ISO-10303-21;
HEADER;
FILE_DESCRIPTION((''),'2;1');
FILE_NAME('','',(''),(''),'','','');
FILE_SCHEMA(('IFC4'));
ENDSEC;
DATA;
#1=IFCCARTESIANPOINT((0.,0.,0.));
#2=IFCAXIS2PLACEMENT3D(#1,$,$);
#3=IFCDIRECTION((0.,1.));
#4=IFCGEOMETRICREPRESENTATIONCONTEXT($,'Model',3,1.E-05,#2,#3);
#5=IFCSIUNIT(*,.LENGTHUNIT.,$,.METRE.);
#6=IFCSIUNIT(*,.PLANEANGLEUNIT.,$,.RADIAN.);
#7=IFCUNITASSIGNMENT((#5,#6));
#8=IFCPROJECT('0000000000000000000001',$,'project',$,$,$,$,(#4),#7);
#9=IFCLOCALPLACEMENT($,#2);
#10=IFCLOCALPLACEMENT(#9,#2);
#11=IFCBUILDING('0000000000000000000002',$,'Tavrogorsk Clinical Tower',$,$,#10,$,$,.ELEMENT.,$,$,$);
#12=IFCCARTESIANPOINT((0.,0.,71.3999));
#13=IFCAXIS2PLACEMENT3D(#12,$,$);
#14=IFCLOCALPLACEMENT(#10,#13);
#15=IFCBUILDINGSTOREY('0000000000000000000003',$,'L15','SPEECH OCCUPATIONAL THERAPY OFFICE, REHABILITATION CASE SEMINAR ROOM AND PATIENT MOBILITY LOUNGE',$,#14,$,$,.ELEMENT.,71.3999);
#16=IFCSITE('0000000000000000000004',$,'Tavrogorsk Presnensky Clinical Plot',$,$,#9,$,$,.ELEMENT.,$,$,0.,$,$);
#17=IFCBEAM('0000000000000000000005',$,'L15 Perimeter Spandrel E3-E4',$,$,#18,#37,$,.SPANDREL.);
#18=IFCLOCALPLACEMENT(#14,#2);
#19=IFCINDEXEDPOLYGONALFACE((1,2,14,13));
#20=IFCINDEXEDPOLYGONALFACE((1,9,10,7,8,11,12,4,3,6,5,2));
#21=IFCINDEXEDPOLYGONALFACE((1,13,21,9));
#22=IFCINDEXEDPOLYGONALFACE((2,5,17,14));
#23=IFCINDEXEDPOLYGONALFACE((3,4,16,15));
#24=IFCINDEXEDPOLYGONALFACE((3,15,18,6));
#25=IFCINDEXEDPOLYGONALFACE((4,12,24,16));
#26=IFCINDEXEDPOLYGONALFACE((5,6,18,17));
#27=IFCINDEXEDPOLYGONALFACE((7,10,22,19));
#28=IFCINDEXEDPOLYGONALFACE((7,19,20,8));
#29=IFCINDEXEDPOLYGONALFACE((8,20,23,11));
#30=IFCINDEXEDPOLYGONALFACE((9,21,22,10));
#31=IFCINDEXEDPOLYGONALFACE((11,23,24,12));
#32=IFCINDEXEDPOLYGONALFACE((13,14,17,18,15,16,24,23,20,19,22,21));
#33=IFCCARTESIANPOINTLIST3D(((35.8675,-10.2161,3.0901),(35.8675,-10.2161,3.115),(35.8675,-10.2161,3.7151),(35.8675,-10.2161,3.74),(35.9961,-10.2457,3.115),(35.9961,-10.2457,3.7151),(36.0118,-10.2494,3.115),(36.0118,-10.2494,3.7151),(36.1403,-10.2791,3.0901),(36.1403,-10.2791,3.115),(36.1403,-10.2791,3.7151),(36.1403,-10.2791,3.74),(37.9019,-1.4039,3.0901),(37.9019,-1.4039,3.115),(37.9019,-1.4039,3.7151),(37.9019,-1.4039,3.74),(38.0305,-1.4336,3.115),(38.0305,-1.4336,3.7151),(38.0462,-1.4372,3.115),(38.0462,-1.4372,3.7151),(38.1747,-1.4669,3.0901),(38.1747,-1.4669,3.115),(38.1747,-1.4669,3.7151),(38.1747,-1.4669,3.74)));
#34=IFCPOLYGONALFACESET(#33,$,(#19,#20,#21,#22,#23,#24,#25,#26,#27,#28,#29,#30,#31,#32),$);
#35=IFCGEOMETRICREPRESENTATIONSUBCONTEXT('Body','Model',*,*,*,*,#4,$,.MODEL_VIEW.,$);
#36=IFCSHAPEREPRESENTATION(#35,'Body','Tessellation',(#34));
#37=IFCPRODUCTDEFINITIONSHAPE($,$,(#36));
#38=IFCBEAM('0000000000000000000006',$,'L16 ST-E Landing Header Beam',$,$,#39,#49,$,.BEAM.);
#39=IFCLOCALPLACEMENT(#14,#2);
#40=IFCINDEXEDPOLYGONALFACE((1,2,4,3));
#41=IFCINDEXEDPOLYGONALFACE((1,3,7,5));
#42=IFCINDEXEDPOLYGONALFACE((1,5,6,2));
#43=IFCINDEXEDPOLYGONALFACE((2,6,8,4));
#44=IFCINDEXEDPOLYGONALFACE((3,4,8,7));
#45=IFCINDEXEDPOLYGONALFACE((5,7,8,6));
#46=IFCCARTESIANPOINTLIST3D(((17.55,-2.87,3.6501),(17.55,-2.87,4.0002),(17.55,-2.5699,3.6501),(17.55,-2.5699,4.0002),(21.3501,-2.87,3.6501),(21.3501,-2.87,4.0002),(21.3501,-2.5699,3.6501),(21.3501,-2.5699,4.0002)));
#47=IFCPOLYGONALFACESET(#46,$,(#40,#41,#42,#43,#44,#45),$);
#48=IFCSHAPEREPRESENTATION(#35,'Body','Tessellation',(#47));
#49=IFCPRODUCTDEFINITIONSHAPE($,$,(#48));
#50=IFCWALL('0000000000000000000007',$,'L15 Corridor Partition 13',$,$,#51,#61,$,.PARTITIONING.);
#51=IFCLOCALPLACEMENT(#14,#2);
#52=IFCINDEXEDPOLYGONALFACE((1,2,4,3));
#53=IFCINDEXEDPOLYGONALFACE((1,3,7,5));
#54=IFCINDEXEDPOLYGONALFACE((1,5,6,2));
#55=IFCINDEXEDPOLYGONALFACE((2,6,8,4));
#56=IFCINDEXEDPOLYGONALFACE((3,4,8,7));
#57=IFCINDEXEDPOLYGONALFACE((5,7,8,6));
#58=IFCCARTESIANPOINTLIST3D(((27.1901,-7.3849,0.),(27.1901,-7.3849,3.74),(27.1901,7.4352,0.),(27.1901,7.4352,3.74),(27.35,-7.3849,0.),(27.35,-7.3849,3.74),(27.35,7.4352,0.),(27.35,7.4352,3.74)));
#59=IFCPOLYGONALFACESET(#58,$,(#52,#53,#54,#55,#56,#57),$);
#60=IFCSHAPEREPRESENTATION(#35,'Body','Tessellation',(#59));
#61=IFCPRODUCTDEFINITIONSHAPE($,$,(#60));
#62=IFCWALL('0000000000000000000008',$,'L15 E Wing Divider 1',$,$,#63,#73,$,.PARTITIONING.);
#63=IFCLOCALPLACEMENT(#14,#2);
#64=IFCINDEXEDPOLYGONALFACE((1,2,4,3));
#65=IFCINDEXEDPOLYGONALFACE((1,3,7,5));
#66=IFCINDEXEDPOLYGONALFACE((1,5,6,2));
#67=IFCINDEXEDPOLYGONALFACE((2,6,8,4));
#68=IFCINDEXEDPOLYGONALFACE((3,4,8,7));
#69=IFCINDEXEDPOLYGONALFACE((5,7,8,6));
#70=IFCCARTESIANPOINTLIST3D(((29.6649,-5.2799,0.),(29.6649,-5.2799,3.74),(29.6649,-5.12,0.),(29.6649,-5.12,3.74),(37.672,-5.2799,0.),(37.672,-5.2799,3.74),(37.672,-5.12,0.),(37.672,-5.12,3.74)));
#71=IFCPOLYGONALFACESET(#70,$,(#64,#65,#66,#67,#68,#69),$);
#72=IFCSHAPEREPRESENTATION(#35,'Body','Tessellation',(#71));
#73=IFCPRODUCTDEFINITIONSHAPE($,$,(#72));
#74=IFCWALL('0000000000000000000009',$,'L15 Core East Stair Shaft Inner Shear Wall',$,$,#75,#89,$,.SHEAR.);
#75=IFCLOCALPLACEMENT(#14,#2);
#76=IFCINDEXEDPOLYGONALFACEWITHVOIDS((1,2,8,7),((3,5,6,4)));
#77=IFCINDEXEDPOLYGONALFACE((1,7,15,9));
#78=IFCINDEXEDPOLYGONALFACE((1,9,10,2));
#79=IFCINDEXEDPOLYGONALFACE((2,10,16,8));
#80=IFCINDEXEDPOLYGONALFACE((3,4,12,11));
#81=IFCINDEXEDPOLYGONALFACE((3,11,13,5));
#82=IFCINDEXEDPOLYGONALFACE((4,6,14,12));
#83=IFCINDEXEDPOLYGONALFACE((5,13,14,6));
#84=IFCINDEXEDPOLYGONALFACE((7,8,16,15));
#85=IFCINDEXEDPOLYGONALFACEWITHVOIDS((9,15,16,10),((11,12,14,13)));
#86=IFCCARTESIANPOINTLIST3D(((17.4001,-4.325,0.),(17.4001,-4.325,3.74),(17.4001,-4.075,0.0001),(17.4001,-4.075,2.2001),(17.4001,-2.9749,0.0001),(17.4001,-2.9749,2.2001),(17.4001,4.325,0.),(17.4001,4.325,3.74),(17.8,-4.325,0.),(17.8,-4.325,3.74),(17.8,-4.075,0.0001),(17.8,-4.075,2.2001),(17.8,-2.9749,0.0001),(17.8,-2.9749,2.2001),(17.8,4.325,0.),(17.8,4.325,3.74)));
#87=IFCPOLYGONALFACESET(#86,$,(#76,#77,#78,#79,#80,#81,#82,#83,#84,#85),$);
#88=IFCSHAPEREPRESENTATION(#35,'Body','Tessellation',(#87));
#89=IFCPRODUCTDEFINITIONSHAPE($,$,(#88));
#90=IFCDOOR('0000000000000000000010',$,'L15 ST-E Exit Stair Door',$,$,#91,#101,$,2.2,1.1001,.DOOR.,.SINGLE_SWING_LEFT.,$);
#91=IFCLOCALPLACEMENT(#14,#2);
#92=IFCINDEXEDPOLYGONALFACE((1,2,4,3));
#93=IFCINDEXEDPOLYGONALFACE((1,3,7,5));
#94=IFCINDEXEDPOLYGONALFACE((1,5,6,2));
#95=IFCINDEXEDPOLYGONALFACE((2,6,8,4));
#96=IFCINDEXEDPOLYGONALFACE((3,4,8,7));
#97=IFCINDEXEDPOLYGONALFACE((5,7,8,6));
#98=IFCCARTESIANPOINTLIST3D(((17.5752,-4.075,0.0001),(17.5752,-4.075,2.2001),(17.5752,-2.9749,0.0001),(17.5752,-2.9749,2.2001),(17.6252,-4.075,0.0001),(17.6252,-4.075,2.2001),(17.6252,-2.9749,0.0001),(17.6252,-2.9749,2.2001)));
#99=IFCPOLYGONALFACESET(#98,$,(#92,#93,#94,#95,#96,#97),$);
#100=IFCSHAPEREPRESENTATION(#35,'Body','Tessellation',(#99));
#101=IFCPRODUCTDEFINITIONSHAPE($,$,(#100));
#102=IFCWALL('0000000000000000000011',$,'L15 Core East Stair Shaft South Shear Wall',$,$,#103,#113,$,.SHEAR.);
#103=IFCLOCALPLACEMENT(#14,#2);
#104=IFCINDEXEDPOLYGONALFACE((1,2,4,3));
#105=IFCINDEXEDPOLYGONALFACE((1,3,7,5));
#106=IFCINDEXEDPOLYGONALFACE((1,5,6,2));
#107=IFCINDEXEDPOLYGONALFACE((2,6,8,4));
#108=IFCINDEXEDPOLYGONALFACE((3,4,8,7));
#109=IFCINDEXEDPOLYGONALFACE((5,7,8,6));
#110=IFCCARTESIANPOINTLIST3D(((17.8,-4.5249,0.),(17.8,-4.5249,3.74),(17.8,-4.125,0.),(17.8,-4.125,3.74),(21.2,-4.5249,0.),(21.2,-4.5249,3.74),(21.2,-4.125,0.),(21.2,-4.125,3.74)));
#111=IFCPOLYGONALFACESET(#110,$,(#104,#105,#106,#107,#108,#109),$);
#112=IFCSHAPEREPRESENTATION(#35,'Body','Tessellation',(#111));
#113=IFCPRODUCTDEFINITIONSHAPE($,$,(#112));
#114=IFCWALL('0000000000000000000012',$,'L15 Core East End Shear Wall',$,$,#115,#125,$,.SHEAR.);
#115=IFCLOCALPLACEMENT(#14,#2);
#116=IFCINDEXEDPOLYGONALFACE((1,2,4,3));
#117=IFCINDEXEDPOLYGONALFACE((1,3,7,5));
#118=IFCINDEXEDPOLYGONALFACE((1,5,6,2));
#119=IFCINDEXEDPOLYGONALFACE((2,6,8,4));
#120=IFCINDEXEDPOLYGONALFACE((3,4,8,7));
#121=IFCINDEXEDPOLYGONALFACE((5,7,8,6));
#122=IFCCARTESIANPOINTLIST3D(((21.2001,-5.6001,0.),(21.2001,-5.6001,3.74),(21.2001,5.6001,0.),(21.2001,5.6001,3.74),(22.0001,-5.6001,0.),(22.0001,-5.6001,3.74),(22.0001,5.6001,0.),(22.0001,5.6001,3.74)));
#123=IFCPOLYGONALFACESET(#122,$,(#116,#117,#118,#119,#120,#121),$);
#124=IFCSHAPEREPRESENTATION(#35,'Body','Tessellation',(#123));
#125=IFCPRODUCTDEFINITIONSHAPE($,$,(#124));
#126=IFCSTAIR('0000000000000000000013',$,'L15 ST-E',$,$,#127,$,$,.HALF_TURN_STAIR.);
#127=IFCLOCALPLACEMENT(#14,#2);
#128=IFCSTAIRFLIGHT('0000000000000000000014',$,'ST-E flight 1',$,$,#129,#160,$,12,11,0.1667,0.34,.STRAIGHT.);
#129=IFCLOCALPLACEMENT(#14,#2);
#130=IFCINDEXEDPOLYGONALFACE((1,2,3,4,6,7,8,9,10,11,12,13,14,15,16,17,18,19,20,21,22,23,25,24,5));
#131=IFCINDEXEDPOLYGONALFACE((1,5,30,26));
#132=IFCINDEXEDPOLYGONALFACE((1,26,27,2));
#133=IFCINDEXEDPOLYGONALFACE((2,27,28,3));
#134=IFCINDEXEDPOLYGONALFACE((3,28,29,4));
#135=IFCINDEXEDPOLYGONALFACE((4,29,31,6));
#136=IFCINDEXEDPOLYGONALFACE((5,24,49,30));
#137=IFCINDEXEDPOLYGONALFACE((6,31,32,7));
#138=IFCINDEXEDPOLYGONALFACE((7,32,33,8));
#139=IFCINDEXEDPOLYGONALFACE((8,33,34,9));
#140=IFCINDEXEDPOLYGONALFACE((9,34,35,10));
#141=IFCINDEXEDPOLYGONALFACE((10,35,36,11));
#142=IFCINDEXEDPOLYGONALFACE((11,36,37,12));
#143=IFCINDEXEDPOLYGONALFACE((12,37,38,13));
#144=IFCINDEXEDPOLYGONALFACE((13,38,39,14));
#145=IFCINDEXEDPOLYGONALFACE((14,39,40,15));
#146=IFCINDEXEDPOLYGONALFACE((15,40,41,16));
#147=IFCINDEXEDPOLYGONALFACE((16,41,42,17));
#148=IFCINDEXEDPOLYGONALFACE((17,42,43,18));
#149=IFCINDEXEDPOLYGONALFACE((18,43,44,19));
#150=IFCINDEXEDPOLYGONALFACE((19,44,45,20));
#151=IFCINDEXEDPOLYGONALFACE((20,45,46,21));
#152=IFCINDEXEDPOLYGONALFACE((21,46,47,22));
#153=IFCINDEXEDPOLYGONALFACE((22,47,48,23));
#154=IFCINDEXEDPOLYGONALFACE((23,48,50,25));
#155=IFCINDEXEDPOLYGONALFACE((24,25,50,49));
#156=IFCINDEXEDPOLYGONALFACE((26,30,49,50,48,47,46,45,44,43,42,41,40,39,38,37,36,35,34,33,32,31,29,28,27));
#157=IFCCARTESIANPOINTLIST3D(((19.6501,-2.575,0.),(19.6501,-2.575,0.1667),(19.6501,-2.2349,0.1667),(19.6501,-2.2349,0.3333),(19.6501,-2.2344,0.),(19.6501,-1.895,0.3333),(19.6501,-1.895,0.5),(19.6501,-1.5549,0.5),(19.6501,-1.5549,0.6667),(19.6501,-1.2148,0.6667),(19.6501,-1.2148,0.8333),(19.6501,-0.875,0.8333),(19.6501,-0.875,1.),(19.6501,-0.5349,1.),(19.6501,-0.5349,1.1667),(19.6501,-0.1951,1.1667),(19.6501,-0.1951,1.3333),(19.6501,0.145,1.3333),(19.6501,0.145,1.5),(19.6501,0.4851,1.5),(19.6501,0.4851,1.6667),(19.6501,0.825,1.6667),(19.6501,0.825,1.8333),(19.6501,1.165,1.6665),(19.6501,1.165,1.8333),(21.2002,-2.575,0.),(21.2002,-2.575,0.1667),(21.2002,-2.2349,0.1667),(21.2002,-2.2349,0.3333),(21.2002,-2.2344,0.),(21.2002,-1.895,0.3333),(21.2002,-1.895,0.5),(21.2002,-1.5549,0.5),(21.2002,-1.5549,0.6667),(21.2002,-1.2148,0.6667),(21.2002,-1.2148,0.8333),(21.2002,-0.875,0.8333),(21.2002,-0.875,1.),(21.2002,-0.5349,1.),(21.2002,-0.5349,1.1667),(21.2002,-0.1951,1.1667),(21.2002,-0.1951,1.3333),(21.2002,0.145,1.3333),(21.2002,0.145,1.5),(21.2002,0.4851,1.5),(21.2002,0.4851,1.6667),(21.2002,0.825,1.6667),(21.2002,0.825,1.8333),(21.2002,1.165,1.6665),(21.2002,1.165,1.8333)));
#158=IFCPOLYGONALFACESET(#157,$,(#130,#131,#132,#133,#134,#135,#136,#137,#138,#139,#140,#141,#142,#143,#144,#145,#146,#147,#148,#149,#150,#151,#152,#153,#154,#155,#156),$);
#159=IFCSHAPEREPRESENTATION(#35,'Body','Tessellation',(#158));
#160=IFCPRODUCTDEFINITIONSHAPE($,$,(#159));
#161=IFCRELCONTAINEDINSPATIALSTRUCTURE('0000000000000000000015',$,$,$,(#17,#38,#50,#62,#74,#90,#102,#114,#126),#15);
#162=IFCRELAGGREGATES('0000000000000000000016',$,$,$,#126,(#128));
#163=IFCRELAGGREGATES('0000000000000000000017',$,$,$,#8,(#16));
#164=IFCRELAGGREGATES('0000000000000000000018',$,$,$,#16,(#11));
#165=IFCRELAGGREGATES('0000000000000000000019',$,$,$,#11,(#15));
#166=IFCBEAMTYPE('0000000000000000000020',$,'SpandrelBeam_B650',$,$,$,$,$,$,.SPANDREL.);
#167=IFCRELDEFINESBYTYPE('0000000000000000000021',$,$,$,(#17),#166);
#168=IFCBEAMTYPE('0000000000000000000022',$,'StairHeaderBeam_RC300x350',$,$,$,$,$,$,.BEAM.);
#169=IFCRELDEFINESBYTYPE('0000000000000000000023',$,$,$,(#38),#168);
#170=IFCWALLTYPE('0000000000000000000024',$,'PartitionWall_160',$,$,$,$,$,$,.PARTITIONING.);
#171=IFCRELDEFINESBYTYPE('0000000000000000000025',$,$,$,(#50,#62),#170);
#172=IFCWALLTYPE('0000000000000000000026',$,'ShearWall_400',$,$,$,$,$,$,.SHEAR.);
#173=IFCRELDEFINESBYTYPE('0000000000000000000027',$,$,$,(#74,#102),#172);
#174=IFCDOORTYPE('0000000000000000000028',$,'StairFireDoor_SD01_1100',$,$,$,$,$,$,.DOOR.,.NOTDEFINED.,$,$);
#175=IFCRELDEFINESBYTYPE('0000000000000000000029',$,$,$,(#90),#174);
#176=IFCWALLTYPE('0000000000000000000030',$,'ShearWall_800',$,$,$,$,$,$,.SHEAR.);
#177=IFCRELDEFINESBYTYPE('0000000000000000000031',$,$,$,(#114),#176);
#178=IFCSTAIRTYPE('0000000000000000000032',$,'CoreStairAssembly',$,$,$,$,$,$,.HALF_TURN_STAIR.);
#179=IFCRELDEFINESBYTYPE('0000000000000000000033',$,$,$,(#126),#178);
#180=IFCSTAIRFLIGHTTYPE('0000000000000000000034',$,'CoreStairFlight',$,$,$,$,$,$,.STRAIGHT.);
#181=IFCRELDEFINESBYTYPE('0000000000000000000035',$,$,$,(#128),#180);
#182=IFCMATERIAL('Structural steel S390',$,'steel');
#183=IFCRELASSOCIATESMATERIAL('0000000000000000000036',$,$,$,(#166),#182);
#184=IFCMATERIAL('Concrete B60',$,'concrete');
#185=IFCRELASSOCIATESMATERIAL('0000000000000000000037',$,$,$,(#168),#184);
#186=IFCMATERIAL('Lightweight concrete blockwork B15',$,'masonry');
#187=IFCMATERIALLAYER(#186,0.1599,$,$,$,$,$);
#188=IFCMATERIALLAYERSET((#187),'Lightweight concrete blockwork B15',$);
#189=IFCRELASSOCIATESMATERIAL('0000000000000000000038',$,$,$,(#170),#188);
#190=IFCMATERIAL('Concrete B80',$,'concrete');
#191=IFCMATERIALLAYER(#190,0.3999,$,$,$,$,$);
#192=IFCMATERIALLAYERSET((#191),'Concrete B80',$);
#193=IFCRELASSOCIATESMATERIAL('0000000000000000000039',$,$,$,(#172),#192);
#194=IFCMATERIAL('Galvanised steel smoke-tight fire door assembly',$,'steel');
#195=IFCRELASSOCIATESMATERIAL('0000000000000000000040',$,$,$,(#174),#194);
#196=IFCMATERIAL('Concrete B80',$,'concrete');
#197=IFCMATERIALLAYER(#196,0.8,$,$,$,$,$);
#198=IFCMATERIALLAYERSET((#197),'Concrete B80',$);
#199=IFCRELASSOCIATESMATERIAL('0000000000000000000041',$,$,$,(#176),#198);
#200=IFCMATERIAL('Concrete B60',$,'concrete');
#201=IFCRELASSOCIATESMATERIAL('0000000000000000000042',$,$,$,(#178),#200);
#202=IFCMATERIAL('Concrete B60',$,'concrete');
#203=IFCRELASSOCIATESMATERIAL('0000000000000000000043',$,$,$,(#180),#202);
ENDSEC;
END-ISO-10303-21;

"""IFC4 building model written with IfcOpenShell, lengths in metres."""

from ifc_helpers import new_model, si_unit, direction, frame, frame_2d, origin, origin_2d, place, context, subcontext, project, spatial, polyline, rectangle, i_section, outline, extrude, material, layer, layer_set, material_profile, profile_set, type_object, element, fill, aggregate, save


model = new_model("IFC4")

# Units and contexts
model_context = context("Model", 3, precision=1e-05, world=origin(), true_north=direction((0.0, 1.0)))
body_context = subcontext(model_context, "Body", "Model", "MODEL_VIEW")
ifc_project = project(units=[si_unit("LENGTHUNIT", "METRE"), si_unit("PLANEANGLEUNIT", "RADIAN")], contexts=[model_context])

# Site, building, storey
site_placement = place(None, origin())
site = spatial("IfcSite", under=ifc_project, at=site_placement, Name="Tavrogorsk Presnensky Clinical Plot", CompositionType="ELEMENT", RefElevation=0.0)
building_placement = place(site_placement, origin())
building = spatial("IfcBuilding", under=site, at=building_placement, Name="Tavrogorsk Clinical Tower", CompositionType="ELEMENT")
storey_placement = place(building_placement, frame((0.0, 0.0, 71.3999)))
storey = spatial("IfcBuildingStorey", under=building, at=storey_placement, Name="L15", Description="SPEECH OCCUPATIONAL THERAPY OFFICE, REHABILITATION CASE SEMINAR ROOM AND PATIENT MOBILITY LOUNGE", CompositionType="ELEMENT", Elevation=71.3999)

# Beams
ifc_material_1 = material(Name="Structural steel S390", Category="steel")
ifc_material_profile_1 = material_profile(ifc_material_1, i_section(OverallWidth=0.28, OverallDepth=0.6499, WebThickness=0.0161, FlangeThickness=0.0249, at=origin_2d()), Name="B-650x280x16x25")
ifc_profile_set_1 = profile_set([ifc_material_profile_1], Name="Structural steel S390")
beam_type_1 = type_object("IfcBeamType", Name="SpandrelBeam_B650", PredefinedType="SPANDREL", material=ifc_profile_set_1)
beam_1_placement = place(storey_placement, frame((36.0039, -10.2476, 3.415), z_axis=(0.224946, 0.974371, 0.0), x_axis=(-0.974371, 0.224946, 0.0)))
element("IfcBeam", 1, at=beam_1_placement, inside=storey, type_object=beam_type_1, Name="L15 Perimeter Spandrel E3-E4", PredefinedType="SPANDREL", context=body_context, shape_type="SweptSolid", body=[
    extrude(i_section(OverallWidth=0.28, OverallDepth=0.6499, WebThickness=0.0161, FlangeThickness=0.0249, at=origin_2d()), origin(), (0.0, 0.0, 1.0), 9.0439),
])
ifc_material_2 = material(Name="Concrete B60", Category="concrete")
ifc_material_profile_2 = material_profile(ifc_material_2, rectangle(XDim=0.3, YDim=0.3501, at=origin_2d()), Name="RC-SHB-300x350")
ifc_profile_set_2 = profile_set([ifc_material_profile_2], Name="Concrete B60")
beam_type_2 = type_object("IfcBeamType", Name="StairHeaderBeam_RC300x350", PredefinedType="BEAM", material=ifc_profile_set_2)
beam_2_placement = place(storey_placement, frame((17.55, -2.72, 3.8252), z_axis=(1.0, 0.0, 0.0), x_axis=(0.0, 1.0, 0.0)))
element("IfcBeam", 2, at=beam_2_placement, inside=storey, type_object=beam_type_2, Name="L16 ST-E Landing Header Beam", PredefinedType="BEAM", context=body_context, shape_type="SweptSolid", body=[
    extrude(rectangle(XDim=0.3, YDim=0.3501, at=origin_2d()), origin(), (0.0, 0.0, 1.0), 3.8),
])

# Shared definitions
ifc_material_3 = material(Name="Lightweight concrete blockwork B15", Category="masonry")
ifc_layer_1 = layer(ifc_material_3, 0.1599)
ifc_layer_set_1 = layer_set([ifc_layer_1], Name="Lightweight concrete blockwork B15")
wall_type_1 = type_object("IfcWallType", Name="PartitionWall_160", PredefinedType="PARTITIONING", material=ifc_layer_set_1)

# Walls
wall_1_placement = place(storey_placement, frame((27.27, -7.385, 0.0), z_axis=(0.0, 0.0, 1.0), x_axis=(0.0, 1.0, 0.0)))
element("IfcWall", 3, at=wall_1_placement, inside=storey, type_object=wall_type_1, Name="L15 Corridor Partition 13", PredefinedType="PARTITIONING", context=body_context, shape_type="SweptSolid", body=[
    extrude(rectangle(XDim=14.8201, YDim=0.1599, at=frame_2d((7.4102, 0.0))), origin(), (0.0, 0.0, 1.0), 3.74),
])
wall_2_placement = place(storey_placement, frame((29.665, -5.2, 0.0), z_axis=(0.0, 0.0, 1.0), x_axis=(1.0, 0.0, 0.0)))
element("IfcWall", 4, at=wall_2_placement, inside=storey, type_object=wall_type_1, Name="L15 E Wing Divider 1", PredefinedType="PARTITIONING", context=body_context, shape_type="SweptSolid", body=[
    extrude(rectangle(XDim=8.0071, YDim=0.1599, at=frame_2d((4.0034, 0.0))), origin(), (0.0, 0.0, 1.0), 3.74),
])

# Wall, opening, door
ifc_material_4 = material(Name="Concrete B80", Category="concrete")
ifc_layer_2 = layer(ifc_material_4, 0.3999)
ifc_layer_set_2 = layer_set([ifc_layer_2], Name="Concrete B80")
wall_type_2 = type_object("IfcWallType", Name="ShearWall_400", PredefinedType="SHEAR", material=ifc_layer_set_2)
wall_3_placement = place(storey_placement, frame((17.6001, -4.325, 0.0), z_axis=(0.0, 0.0, 1.0), x_axis=(0.0, 1.0, 0.0)))
wall_3 = element("IfcWall", 5, at=wall_3_placement, inside=storey, type_object=wall_type_2, Name="L15 Core East Stair Shaft Inner Shear Wall", PredefinedType="SHEAR", context=body_context, shape_type="SweptSolid", body=[
    extrude(rectangle(XDim=8.6499, YDim=0.3999, at=frame_2d((4.325, 0.0))), origin(), (0.0, 0.0, 1.0), 3.74),
])
opening_1_placement = place(wall_3_placement, frame((0.25, 0.0, 0.0)))
opening_1 = element("IfcOpeningElement", 6, at=opening_1_placement, cuts=wall_3, PredefinedType="OPENING", context=body_context, shape_type="SweptSolid", body=[
    extrude(rectangle(XDim=1.1001, YDim=2.2, at=frame_2d((0.55, 1.1001))), frame((0.0, 0.21, 0.0), z_axis=(0.0, -1.0, 0.0), x_axis=(1.0, 0.0, 0.0)), (0.0, 0.0, 1.0), 0.4199),
])
ifc_material_5 = material(Name="Galvanised steel smoke-tight fire door assembly", Category="steel")
door_type_1 = type_object("IfcDoorType", Name="StairFireDoor_SD01_1100", OperationType="NOTDEFINED", PredefinedType="DOOR", material=ifc_material_5)
door_1_placement = place(opening_1_placement, origin())
door_1 = element("IfcDoor", 7, at=door_1_placement, inside=storey, type_object=door_type_1, Name="L15 ST-E Exit Stair Door", OperationType="SINGLE_SWING_LEFT", OverallHeight=2.2, OverallWidth=1.1001, PredefinedType="DOOR", context=body_context, shape_type="SweptSolid", body=[
    extrude(rectangle(XDim=1.1001, YDim=2.2, at=frame_2d((0.55, 1.1001))), frame((0.0, 0.0249, 0.0), z_axis=(0.0, -1.0, 0.0), x_axis=(1.0, 0.0, 0.0)), (0.0, 0.0, 1.0), 0.05),
])
fill(opening_1, door_1)

# Walls
wall_4_placement = place(storey_placement, frame((17.8, -4.325, 0.0), z_axis=(0.0, 0.0, 1.0), x_axis=(1.0, 0.0, 0.0)))
element("IfcWall", 8, at=wall_4_placement, inside=storey, type_object=wall_type_2, Name="L15 Core East Stair Shaft South Shear Wall", PredefinedType="SHEAR", context=body_context, shape_type="SweptSolid", body=[
    extrude(rectangle(XDim=3.3999, YDim=0.3999, at=frame_2d((1.7, 0.0))), origin(), (0.0, 0.0, 1.0), 3.74),
])
ifc_material_6 = material(Name="Concrete B80", Category="concrete")
ifc_layer_3 = layer(ifc_material_6, 0.8)
ifc_layer_set_3 = layer_set([ifc_layer_3], Name="Concrete B80")
wall_type_3 = type_object("IfcWallType", Name="ShearWall_800", PredefinedType="SHEAR", material=ifc_layer_set_3)
wall_5_placement = place(storey_placement, frame((21.6001, -5.6001, 0.0), z_axis=(0.0, 0.0, 1.0), x_axis=(0.0, 1.0, 0.0)))
element("IfcWall", 9, at=wall_5_placement, inside=storey, type_object=wall_type_3, Name="L15 Core East End Shear Wall", PredefinedType="SHEAR", context=body_context, shape_type="SweptSolid", body=[
    extrude(rectangle(XDim=11.2002, YDim=0.8, at=frame_2d((5.6001, 0.0))), origin(), (0.0, 0.0, 1.0), 3.74),
])

# Stair, stair flight
ifc_material_7 = material(Name="Concrete B60", Category="concrete")
stair_type = type_object("IfcStairType", Name="CoreStairAssembly", PredefinedType="HALF_TURN_STAIR", material=ifc_material_7)
stair_placement = place(storey_placement, origin())
stair = element("IfcStair", 10, at=stair_placement, inside=storey, type_object=stair_type, Name="L15 ST-E", PredefinedType="HALF_TURN_STAIR")
ifc_material_8 = material(Name="Concrete B60", Category="concrete")
stair_flight_type = type_object("IfcStairFlightType", Name="CoreStairFlight", PredefinedType="STRAIGHT", material=ifc_material_8)
stair_flight_placement = place(storey_placement, frame((20.425, -2.575, 0.0), z_axis=(0.0, 0.0, 1.0), x_axis=(0.0, 1.0, 0.0)))
stair_flight = element("IfcStairFlight", 11, at=stair_flight_placement, type_object=stair_flight_type, Name="ST-E flight 1", NumberOfRisers=12, NumberOfTreads=11, PredefinedType="STRAIGHT", RiserHeight=0.1667, TreadLength=0.34, context=body_context, shape_type="SweptSolid", body=[
    extrude(outline(polyline([(0.0, 0.0), (0.0, 0.1667), (0.3401, 0.1667), (0.3401, 0.3333), (0.6799, 0.3333), (0.6799, 0.5), (1.02, 0.5), (1.02, 0.6667), (1.3601, 0.6667), (1.3601, 0.8333), (1.7, 0.8333), (1.7, 1.0), (2.04, 1.0), (2.04, 1.1667), (2.3799, 1.1667), (2.3799, 1.3333), (2.72, 1.3333), (2.72, 1.5), (3.0601, 1.5), (3.0601, 1.6667), (3.3999, 1.6667), (3.3999, 1.8333), (3.74, 1.8333), (3.74, 2.0), (3.74, 1.6665), (0.3406, 0.0), (0.0, 0.0)])), frame((0.0, 0.7749, 0.0), z_axis=(0.0, -1.0, 0.0), x_axis=(1.0, 0.0, 0.0)), (0.0, 0.0, 1.0), 1.55),
])
aggregate(stair, [stair_flight])

save(model, "model.ifc")
